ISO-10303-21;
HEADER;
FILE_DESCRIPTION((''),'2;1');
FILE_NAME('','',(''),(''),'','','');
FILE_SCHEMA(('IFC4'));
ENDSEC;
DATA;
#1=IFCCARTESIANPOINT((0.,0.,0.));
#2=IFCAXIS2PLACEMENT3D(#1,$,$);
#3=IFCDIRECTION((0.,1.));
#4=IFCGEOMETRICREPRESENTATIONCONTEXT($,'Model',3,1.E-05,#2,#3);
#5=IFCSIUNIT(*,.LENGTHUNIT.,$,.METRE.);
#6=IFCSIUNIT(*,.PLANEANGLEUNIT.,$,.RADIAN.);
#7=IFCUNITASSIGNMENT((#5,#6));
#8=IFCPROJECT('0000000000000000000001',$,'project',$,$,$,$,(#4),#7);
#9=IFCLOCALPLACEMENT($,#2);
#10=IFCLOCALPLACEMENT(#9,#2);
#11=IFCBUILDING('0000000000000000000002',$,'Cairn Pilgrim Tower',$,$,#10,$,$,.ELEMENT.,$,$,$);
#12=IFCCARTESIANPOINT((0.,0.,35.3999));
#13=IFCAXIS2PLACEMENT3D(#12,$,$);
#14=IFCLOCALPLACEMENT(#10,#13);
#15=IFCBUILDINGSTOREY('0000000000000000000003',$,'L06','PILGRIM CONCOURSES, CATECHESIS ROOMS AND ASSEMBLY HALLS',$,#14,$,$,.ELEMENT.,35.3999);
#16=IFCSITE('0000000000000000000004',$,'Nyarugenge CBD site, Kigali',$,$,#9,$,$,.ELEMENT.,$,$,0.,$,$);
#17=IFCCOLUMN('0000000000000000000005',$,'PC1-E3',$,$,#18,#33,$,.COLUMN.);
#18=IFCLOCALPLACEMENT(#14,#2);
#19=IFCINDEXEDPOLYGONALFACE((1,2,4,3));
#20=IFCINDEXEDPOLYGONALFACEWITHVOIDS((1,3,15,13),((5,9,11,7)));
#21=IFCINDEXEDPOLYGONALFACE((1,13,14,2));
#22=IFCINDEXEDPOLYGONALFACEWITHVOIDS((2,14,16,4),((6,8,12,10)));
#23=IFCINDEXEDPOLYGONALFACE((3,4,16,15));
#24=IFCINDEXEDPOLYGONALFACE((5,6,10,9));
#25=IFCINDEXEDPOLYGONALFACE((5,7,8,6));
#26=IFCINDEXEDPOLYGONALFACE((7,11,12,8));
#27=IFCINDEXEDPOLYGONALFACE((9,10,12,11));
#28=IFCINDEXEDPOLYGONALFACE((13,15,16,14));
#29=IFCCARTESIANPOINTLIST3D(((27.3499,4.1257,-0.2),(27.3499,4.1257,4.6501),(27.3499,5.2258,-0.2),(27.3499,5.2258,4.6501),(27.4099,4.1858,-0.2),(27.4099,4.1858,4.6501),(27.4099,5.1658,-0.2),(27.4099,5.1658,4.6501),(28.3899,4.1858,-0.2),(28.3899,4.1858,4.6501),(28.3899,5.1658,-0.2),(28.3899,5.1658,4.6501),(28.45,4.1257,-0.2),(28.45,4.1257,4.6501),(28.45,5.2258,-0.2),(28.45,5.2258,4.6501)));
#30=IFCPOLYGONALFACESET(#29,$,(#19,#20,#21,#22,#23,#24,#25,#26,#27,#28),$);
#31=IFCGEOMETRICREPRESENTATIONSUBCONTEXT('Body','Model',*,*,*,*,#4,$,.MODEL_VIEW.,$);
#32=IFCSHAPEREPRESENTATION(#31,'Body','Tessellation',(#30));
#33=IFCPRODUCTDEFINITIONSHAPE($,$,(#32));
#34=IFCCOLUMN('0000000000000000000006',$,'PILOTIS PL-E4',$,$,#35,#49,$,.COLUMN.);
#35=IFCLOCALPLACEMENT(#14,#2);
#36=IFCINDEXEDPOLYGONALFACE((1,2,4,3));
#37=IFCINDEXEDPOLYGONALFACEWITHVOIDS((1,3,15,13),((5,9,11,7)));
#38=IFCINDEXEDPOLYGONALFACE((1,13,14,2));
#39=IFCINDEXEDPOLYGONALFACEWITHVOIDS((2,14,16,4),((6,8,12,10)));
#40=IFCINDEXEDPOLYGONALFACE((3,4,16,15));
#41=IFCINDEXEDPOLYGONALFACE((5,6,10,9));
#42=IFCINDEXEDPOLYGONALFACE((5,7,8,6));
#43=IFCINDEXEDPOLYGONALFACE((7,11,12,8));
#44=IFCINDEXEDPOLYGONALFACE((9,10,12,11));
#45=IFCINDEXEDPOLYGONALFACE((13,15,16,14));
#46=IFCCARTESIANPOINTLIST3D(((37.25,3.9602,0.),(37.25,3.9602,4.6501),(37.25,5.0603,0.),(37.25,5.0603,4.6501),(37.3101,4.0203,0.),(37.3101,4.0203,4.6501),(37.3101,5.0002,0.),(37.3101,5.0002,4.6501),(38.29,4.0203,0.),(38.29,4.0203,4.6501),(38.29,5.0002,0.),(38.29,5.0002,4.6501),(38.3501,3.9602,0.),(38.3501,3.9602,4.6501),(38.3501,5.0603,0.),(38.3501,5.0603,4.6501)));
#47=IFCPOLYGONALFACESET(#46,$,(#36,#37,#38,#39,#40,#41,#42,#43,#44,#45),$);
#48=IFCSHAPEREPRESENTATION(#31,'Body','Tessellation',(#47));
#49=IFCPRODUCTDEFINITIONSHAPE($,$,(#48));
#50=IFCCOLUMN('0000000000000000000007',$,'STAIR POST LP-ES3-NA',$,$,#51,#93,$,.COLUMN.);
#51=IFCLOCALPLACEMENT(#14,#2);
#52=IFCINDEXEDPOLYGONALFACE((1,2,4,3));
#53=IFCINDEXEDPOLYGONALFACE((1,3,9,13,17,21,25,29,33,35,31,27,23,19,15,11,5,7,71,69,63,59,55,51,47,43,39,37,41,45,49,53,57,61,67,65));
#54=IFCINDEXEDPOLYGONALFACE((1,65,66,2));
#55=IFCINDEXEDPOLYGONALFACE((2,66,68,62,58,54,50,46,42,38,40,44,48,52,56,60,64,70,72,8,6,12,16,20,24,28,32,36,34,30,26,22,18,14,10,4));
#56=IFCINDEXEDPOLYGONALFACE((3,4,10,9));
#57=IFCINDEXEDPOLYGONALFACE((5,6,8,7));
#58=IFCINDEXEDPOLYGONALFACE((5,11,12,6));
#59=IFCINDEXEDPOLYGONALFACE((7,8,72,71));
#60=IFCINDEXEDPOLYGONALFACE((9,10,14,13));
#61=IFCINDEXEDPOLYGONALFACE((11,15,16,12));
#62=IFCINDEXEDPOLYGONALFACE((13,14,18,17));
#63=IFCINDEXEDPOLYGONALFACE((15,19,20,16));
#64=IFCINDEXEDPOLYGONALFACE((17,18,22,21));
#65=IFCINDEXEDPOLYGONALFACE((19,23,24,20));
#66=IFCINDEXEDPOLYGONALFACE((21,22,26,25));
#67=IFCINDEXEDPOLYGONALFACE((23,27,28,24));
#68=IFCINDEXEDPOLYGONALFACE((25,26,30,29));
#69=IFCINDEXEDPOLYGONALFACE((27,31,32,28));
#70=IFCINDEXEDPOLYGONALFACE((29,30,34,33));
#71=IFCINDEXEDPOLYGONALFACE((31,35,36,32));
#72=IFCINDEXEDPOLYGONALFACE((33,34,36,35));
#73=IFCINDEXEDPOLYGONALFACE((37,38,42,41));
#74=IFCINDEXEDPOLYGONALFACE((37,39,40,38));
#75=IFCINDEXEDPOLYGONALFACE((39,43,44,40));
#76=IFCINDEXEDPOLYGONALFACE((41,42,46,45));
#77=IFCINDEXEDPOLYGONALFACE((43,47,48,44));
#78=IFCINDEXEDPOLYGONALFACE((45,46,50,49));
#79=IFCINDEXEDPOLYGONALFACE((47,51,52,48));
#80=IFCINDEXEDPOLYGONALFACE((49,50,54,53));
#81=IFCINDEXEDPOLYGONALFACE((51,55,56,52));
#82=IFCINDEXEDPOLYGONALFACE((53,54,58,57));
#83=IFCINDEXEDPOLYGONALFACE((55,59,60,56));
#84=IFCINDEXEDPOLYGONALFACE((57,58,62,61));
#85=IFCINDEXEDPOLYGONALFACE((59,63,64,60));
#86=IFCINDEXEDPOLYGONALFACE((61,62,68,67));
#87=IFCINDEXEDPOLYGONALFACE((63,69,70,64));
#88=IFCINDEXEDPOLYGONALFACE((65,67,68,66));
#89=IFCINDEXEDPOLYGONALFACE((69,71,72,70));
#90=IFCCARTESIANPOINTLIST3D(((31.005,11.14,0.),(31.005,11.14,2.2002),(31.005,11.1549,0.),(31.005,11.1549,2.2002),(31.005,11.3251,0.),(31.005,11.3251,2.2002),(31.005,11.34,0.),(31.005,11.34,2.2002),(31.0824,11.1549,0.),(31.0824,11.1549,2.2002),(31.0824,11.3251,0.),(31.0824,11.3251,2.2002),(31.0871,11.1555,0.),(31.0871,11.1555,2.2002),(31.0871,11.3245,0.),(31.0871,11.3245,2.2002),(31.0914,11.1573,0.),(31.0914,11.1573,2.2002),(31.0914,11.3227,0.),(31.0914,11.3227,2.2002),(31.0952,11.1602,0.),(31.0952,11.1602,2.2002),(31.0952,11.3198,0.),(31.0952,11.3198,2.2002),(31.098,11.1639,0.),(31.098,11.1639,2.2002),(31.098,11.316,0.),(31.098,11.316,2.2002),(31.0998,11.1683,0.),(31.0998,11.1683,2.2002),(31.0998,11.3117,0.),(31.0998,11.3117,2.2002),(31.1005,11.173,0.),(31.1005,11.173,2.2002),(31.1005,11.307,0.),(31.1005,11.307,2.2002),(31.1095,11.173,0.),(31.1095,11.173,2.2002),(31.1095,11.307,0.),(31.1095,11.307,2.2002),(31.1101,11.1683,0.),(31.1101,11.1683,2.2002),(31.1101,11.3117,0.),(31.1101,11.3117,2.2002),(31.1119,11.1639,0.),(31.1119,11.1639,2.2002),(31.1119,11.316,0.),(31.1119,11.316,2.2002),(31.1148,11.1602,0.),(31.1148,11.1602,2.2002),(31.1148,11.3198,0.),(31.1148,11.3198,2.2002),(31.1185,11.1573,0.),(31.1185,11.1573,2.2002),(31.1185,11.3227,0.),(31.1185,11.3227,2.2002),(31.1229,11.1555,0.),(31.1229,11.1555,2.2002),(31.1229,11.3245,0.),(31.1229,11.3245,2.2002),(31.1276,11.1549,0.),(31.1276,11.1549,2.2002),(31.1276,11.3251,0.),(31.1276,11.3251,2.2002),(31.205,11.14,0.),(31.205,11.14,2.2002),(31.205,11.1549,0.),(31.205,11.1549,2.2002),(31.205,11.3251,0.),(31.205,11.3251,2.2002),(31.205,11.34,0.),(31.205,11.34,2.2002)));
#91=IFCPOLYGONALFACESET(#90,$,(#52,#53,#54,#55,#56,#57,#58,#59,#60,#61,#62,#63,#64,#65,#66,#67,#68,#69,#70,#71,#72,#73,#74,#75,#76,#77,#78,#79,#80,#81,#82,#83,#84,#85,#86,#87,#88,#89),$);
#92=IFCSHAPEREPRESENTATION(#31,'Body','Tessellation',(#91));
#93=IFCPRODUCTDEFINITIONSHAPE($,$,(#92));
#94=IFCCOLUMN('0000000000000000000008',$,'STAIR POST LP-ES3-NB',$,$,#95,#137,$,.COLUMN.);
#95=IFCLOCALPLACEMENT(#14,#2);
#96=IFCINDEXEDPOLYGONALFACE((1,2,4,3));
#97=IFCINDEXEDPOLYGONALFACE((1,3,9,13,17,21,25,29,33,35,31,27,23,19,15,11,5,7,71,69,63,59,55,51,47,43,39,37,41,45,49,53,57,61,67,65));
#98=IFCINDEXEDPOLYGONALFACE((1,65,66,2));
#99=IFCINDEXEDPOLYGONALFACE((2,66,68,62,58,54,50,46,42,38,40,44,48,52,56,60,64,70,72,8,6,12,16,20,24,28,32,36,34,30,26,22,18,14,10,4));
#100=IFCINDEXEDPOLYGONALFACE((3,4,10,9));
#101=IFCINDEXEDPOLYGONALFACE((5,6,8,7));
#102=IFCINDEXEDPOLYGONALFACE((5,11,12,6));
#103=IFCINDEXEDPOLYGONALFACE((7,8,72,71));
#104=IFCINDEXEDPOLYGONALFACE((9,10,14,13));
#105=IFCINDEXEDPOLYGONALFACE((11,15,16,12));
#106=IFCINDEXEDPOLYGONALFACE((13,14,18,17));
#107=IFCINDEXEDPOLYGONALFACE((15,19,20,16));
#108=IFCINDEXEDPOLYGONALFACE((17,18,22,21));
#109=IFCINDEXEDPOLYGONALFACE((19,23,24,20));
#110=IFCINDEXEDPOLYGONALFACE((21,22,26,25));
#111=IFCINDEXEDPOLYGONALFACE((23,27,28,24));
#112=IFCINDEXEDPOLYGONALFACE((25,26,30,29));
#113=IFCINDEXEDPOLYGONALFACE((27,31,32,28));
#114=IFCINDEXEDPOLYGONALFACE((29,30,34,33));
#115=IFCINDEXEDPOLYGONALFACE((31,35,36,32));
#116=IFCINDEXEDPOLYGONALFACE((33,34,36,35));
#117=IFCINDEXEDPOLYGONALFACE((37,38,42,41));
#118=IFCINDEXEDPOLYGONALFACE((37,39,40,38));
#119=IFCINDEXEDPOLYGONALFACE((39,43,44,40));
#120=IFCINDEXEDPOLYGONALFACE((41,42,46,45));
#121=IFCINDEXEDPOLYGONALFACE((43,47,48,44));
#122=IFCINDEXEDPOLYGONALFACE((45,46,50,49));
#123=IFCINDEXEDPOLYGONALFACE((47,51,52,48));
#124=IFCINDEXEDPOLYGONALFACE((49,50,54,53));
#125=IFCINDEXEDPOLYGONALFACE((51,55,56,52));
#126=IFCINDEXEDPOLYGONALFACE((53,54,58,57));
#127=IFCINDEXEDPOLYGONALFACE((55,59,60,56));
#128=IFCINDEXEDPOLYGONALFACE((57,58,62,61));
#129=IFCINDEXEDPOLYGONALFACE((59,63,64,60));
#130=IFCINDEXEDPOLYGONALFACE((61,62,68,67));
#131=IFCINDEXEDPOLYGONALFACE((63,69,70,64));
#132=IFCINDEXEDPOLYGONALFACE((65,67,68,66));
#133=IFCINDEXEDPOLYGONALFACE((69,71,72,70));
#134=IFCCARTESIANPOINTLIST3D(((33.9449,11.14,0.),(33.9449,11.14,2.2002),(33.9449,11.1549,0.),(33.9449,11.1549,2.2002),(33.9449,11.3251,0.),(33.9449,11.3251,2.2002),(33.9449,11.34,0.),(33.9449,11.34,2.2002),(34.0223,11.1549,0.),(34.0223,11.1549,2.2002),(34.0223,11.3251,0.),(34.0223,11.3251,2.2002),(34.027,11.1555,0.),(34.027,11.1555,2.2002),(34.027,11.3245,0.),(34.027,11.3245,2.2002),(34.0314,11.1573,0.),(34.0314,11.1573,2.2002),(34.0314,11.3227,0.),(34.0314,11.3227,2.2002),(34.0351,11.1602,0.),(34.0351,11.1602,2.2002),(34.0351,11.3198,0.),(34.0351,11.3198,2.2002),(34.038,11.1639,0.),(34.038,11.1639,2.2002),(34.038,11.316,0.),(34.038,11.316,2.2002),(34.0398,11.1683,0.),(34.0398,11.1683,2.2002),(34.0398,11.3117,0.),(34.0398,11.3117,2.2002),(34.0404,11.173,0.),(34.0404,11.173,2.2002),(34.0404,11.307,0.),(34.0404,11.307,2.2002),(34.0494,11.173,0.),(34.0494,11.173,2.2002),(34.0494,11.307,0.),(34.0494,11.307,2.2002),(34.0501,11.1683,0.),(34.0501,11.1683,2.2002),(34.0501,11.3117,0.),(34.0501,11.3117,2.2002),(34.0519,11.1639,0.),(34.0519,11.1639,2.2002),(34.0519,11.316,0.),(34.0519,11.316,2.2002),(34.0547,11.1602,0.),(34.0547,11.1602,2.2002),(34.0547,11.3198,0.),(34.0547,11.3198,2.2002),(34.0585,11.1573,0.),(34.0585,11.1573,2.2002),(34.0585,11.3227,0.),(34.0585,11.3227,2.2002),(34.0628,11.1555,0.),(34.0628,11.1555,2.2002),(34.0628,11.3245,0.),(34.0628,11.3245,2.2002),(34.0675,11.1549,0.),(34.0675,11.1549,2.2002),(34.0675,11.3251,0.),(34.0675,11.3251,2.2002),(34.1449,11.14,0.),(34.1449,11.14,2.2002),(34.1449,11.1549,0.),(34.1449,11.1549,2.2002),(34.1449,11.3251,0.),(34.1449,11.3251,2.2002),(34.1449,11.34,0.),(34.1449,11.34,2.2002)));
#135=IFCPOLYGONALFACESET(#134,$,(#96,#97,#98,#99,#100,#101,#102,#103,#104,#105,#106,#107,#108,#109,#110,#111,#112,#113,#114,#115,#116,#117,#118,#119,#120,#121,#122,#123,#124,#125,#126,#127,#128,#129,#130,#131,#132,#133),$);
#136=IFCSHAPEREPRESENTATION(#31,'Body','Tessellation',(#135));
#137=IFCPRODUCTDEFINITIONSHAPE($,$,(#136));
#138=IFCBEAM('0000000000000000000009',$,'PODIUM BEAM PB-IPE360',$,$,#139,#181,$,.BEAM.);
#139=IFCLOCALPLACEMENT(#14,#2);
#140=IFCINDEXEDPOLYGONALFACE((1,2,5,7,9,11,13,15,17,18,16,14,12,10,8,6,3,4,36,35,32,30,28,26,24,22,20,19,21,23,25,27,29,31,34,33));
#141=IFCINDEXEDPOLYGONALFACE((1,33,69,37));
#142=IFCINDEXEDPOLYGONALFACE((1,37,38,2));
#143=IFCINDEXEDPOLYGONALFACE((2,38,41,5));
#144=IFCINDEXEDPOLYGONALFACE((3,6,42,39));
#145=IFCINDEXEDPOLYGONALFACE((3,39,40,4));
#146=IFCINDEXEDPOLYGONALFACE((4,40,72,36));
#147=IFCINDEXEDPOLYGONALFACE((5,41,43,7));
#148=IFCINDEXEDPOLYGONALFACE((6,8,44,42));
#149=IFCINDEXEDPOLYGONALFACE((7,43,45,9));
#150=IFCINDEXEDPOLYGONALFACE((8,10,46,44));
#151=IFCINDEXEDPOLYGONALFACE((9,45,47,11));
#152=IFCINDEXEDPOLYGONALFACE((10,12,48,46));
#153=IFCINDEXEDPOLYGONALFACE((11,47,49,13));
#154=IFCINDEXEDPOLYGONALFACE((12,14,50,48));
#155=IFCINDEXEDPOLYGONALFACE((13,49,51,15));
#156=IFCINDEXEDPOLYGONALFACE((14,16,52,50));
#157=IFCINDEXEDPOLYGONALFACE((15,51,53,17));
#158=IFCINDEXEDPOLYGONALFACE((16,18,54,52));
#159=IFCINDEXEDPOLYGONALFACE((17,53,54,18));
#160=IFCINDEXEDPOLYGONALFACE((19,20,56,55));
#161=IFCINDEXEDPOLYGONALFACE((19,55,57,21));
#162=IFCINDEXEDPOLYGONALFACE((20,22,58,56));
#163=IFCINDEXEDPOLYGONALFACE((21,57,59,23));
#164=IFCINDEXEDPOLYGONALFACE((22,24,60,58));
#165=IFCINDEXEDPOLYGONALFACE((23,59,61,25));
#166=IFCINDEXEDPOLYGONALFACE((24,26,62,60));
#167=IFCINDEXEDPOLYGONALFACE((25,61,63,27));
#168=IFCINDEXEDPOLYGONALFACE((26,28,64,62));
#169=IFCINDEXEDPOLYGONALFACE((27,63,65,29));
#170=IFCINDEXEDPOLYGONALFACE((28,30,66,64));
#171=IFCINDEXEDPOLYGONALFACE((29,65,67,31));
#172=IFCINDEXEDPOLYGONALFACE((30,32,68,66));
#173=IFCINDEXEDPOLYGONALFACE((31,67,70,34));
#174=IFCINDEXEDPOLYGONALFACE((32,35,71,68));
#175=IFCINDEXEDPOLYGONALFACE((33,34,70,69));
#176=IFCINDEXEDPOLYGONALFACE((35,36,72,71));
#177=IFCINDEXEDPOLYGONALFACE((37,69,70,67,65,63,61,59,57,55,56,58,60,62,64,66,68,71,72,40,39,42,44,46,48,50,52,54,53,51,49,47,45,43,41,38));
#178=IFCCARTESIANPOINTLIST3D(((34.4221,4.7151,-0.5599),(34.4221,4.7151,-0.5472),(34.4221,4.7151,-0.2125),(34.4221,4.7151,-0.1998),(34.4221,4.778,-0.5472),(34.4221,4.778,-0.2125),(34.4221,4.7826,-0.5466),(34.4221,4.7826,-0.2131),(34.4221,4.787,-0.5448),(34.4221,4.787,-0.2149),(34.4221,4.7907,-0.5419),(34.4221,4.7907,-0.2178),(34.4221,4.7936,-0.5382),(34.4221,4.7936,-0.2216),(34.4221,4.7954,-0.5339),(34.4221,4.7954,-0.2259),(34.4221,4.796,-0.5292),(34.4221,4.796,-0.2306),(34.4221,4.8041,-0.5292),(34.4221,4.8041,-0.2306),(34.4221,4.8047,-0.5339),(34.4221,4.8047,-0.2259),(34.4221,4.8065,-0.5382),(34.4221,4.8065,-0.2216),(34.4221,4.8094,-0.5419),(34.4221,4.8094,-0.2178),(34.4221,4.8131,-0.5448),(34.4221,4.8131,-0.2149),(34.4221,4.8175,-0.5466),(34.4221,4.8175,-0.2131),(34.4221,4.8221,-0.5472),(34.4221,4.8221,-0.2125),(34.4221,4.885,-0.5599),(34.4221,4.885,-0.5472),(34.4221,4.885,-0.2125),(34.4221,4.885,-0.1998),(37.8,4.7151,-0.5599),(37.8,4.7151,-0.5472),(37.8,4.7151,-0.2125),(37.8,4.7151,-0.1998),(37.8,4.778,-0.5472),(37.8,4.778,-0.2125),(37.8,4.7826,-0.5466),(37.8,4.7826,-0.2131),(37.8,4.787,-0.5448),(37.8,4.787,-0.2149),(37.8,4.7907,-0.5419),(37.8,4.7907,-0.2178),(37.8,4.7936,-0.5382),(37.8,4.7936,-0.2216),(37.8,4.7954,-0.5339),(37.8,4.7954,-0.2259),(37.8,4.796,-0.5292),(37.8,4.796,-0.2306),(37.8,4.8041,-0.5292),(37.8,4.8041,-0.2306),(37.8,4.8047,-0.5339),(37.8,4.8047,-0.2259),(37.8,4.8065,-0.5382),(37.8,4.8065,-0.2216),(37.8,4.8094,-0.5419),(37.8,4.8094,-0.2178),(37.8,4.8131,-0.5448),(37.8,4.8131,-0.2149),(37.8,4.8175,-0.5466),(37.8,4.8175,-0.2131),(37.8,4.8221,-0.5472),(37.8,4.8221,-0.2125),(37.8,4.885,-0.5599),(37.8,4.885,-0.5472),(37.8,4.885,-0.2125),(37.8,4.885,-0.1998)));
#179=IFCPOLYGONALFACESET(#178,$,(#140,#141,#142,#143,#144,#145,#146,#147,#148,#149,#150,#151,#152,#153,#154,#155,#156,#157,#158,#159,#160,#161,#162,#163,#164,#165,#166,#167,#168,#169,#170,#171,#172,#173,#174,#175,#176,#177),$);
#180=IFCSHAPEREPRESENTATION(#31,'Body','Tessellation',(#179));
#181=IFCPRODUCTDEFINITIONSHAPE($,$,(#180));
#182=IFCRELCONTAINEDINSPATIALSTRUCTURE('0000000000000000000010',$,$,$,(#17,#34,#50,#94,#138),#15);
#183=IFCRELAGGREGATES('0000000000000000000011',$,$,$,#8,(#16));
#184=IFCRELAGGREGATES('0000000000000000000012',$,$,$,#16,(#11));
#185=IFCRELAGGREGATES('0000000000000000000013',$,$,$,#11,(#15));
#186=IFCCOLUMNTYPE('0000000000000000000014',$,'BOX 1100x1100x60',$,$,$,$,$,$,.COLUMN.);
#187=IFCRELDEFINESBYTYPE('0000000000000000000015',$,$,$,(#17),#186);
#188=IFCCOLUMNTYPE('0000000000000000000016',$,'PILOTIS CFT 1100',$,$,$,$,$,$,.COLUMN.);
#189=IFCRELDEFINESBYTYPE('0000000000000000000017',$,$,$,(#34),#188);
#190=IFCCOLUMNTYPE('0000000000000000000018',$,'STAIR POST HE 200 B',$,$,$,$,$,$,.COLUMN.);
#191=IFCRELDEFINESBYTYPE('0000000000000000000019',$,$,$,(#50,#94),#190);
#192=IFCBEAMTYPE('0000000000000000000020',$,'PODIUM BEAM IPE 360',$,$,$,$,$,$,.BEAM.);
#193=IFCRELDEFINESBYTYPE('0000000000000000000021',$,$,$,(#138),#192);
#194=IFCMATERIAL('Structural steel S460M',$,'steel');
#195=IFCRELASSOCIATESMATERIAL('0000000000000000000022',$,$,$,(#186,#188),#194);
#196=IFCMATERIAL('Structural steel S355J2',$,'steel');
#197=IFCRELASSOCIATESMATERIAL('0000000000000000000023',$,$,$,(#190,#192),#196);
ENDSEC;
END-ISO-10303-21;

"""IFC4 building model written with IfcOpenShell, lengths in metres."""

from ifc_helpers import new_model, si_unit, direction, frame, origin, origin_2d, place, context, subcontext, project, spatial, hollow_rectangle, i_section, extrude, material, material_profile, profile_set, type_object, element, save


model = new_model("IFC4")

# Units and contexts
model_context = context("Model", 3, precision=1e-05, world=origin(), true_north=direction((0.0, 1.0)))
body_context = subcontext(model_context, "Body", "Model", "MODEL_VIEW")
ifc_project = project(units=[si_unit("LENGTHUNIT", "METRE"), si_unit("PLANEANGLEUNIT", "RADIAN")], contexts=[model_context])

# Site, building, storey
site_placement = place(None, origin())
site = spatial("IfcSite", under=ifc_project, at=site_placement, Name="Nyarugenge CBD site, Kigali", CompositionType="ELEMENT", RefElevation=0.0)
building_placement = place(site_placement, origin())
building = spatial("IfcBuilding", under=site, at=building_placement, Name="Cairn Pilgrim Tower", CompositionType="ELEMENT")
storey_placement = place(building_placement, frame((0.0, 0.0, 35.3999)))
storey = spatial("IfcBuildingStorey", under=building, at=storey_placement, Name="L06", Description="PILGRIM CONCOURSES, CATECHESIS ROOMS AND ASSEMBLY HALLS", CompositionType="ELEMENT", Elevation=35.3999)

# Columns
ifc_material_1 = material(Name="Structural steel S460M", Category="steel")
ifc_material_profile_1 = material_profile(ifc_material_1, hollow_rectangle(XDim=1.1001, YDim=1.1001, WallThickness=0.0601, at=origin_2d()), Name="BOX 1100x1100x60")
ifc_profile_set_1 = profile_set([ifc_material_profile_1], Name="Structural steel S460M")
column_type_1 = type_object("IfcColumnType", Name="BOX 1100x1100x60", PredefinedType="COLUMN", material=ifc_profile_set_1)
column_1_placement = place(storey_placement, frame((27.8999, 4.6758, -0.2), z_axis=(0.0, 0.0, 1.0), x_axis=(1.0, 0.0, 0.0)))
element("IfcColumn", 1, at=column_1_placement, inside=storey, type_object=column_type_1, Name="PC1-E3", PredefinedType="COLUMN", context=body_context, shape_type="SweptSolid", body=[
    extrude(hollow_rectangle(XDim=1.1001, YDim=1.1001, WallThickness=0.0601, at=origin_2d()), origin(), (0.0, 0.0, 1.0), 4.8501),
])
ifc_material_profile_2 = material_profile(ifc_material_1, hollow_rectangle(XDim=1.1001, YDim=1.1001, WallThickness=0.0601, at=origin_2d()), Name="BOX 1100x1100x60")
ifc_profile_set_2 = profile_set([ifc_material_profile_2], Name="Structural steel S460M")
column_type_2 = type_object("IfcColumnType", Name="PILOTIS CFT 1100", PredefinedType="COLUMN", material=ifc_profile_set_2)
column_2_placement = place(storey_placement, frame((37.8, 4.5103, 0.0), z_axis=(0.0, 0.0, 1.0), x_axis=(1.0, 0.0, 0.0)))
element("IfcColumn", 2, at=column_2_placement, inside=storey, type_object=column_type_2, Name="PILOTIS PL-E4", PredefinedType="COLUMN", context=body_context, shape_type="SweptSolid", body=[
    extrude(hollow_rectangle(XDim=1.1001, YDim=1.1001, WallThickness=0.0601, at=origin_2d()), origin(), (0.0, 0.0, 1.0), 4.6501),
])
ifc_material_2 = material(Name="Structural steel S355J2", Category="steel")
ifc_material_profile_3 = material_profile(ifc_material_2, i_section(OverallWidth=0.2, OverallDepth=0.2, WebThickness=0.009, FlangeThickness=0.0149, FilletRadius=0.0181, at=origin_2d()), Name="HE 200 B")
ifc_profile_set_3 = profile_set([ifc_material_profile_3], Name="Structural steel S355J2")
column_type_3 = type_object("IfcColumnType", Name="STAIR POST HE 200 B", PredefinedType="COLUMN", material=ifc_profile_set_3)
for number, where, z_axis, x_axis, name in (
    (3, (31.105, 11.24, 0.0), (0.0, 0.0, 1.0), (1.0, 0.0, 0.0), "STAIR POST LP-ES3-NA"),
    (4, (34.0449, 11.24, 0.0), (0.0, 0.0, 1.0), (1.0, 0.0, 0.0), "STAIR POST LP-ES3-NB"),
):
    element("IfcColumn", number, at=place(storey_placement, frame(where, z_axis=z_axis, x_axis=x_axis)), inside=storey, type_object=column_type_3, Name=name, PredefinedType="COLUMN", context=body_context, shape_type="SweptSolid", body=[
        extrude(i_section(OverallWidth=0.2, OverallDepth=0.2, WebThickness=0.009, FlangeThickness=0.0149, FilletRadius=0.0181, at=origin_2d()), origin(), (0.0, 0.0, 1.0), 2.2002),
    ])

# Beam
ifc_material_profile_4 = material_profile(ifc_material_2, i_section(OverallWidth=0.1699, OverallDepth=0.3601, WebThickness=0.0081, FlangeThickness=0.0127, FilletRadius=0.0181, at=origin_2d()), Name="IPE 360")
ifc_profile_set_4 = profile_set([ifc_material_profile_4], Name="Structural steel S355J2")
beam_type_1 = type_object("IfcBeamType", Name="PODIUM BEAM IPE 360", PredefinedType="BEAM", material=ifc_profile_set_4)
beam_1_placement = place(storey_placement, frame((34.4221, 4.8, -0.3799), z_axis=(1.0, 0.0, 0.0), x_axis=(0.0, 1.0, 0.0)))
element("IfcBeam", 5, at=beam_1_placement, inside=storey, type_object=beam_type_1, Name="PODIUM BEAM PB-IPE360", PredefinedType="BEAM", context=body_context, shape_type="SweptSolid", body=[
    extrude(i_section(OverallWidth=0.1699, OverallDepth=0.3601, WebThickness=0.0081, FlangeThickness=0.0127, FilletRadius=0.0181, at=origin_2d()), origin(), (0.0, 0.0, 1.0), 3.3779),
])

save(model, "model.ifc")
